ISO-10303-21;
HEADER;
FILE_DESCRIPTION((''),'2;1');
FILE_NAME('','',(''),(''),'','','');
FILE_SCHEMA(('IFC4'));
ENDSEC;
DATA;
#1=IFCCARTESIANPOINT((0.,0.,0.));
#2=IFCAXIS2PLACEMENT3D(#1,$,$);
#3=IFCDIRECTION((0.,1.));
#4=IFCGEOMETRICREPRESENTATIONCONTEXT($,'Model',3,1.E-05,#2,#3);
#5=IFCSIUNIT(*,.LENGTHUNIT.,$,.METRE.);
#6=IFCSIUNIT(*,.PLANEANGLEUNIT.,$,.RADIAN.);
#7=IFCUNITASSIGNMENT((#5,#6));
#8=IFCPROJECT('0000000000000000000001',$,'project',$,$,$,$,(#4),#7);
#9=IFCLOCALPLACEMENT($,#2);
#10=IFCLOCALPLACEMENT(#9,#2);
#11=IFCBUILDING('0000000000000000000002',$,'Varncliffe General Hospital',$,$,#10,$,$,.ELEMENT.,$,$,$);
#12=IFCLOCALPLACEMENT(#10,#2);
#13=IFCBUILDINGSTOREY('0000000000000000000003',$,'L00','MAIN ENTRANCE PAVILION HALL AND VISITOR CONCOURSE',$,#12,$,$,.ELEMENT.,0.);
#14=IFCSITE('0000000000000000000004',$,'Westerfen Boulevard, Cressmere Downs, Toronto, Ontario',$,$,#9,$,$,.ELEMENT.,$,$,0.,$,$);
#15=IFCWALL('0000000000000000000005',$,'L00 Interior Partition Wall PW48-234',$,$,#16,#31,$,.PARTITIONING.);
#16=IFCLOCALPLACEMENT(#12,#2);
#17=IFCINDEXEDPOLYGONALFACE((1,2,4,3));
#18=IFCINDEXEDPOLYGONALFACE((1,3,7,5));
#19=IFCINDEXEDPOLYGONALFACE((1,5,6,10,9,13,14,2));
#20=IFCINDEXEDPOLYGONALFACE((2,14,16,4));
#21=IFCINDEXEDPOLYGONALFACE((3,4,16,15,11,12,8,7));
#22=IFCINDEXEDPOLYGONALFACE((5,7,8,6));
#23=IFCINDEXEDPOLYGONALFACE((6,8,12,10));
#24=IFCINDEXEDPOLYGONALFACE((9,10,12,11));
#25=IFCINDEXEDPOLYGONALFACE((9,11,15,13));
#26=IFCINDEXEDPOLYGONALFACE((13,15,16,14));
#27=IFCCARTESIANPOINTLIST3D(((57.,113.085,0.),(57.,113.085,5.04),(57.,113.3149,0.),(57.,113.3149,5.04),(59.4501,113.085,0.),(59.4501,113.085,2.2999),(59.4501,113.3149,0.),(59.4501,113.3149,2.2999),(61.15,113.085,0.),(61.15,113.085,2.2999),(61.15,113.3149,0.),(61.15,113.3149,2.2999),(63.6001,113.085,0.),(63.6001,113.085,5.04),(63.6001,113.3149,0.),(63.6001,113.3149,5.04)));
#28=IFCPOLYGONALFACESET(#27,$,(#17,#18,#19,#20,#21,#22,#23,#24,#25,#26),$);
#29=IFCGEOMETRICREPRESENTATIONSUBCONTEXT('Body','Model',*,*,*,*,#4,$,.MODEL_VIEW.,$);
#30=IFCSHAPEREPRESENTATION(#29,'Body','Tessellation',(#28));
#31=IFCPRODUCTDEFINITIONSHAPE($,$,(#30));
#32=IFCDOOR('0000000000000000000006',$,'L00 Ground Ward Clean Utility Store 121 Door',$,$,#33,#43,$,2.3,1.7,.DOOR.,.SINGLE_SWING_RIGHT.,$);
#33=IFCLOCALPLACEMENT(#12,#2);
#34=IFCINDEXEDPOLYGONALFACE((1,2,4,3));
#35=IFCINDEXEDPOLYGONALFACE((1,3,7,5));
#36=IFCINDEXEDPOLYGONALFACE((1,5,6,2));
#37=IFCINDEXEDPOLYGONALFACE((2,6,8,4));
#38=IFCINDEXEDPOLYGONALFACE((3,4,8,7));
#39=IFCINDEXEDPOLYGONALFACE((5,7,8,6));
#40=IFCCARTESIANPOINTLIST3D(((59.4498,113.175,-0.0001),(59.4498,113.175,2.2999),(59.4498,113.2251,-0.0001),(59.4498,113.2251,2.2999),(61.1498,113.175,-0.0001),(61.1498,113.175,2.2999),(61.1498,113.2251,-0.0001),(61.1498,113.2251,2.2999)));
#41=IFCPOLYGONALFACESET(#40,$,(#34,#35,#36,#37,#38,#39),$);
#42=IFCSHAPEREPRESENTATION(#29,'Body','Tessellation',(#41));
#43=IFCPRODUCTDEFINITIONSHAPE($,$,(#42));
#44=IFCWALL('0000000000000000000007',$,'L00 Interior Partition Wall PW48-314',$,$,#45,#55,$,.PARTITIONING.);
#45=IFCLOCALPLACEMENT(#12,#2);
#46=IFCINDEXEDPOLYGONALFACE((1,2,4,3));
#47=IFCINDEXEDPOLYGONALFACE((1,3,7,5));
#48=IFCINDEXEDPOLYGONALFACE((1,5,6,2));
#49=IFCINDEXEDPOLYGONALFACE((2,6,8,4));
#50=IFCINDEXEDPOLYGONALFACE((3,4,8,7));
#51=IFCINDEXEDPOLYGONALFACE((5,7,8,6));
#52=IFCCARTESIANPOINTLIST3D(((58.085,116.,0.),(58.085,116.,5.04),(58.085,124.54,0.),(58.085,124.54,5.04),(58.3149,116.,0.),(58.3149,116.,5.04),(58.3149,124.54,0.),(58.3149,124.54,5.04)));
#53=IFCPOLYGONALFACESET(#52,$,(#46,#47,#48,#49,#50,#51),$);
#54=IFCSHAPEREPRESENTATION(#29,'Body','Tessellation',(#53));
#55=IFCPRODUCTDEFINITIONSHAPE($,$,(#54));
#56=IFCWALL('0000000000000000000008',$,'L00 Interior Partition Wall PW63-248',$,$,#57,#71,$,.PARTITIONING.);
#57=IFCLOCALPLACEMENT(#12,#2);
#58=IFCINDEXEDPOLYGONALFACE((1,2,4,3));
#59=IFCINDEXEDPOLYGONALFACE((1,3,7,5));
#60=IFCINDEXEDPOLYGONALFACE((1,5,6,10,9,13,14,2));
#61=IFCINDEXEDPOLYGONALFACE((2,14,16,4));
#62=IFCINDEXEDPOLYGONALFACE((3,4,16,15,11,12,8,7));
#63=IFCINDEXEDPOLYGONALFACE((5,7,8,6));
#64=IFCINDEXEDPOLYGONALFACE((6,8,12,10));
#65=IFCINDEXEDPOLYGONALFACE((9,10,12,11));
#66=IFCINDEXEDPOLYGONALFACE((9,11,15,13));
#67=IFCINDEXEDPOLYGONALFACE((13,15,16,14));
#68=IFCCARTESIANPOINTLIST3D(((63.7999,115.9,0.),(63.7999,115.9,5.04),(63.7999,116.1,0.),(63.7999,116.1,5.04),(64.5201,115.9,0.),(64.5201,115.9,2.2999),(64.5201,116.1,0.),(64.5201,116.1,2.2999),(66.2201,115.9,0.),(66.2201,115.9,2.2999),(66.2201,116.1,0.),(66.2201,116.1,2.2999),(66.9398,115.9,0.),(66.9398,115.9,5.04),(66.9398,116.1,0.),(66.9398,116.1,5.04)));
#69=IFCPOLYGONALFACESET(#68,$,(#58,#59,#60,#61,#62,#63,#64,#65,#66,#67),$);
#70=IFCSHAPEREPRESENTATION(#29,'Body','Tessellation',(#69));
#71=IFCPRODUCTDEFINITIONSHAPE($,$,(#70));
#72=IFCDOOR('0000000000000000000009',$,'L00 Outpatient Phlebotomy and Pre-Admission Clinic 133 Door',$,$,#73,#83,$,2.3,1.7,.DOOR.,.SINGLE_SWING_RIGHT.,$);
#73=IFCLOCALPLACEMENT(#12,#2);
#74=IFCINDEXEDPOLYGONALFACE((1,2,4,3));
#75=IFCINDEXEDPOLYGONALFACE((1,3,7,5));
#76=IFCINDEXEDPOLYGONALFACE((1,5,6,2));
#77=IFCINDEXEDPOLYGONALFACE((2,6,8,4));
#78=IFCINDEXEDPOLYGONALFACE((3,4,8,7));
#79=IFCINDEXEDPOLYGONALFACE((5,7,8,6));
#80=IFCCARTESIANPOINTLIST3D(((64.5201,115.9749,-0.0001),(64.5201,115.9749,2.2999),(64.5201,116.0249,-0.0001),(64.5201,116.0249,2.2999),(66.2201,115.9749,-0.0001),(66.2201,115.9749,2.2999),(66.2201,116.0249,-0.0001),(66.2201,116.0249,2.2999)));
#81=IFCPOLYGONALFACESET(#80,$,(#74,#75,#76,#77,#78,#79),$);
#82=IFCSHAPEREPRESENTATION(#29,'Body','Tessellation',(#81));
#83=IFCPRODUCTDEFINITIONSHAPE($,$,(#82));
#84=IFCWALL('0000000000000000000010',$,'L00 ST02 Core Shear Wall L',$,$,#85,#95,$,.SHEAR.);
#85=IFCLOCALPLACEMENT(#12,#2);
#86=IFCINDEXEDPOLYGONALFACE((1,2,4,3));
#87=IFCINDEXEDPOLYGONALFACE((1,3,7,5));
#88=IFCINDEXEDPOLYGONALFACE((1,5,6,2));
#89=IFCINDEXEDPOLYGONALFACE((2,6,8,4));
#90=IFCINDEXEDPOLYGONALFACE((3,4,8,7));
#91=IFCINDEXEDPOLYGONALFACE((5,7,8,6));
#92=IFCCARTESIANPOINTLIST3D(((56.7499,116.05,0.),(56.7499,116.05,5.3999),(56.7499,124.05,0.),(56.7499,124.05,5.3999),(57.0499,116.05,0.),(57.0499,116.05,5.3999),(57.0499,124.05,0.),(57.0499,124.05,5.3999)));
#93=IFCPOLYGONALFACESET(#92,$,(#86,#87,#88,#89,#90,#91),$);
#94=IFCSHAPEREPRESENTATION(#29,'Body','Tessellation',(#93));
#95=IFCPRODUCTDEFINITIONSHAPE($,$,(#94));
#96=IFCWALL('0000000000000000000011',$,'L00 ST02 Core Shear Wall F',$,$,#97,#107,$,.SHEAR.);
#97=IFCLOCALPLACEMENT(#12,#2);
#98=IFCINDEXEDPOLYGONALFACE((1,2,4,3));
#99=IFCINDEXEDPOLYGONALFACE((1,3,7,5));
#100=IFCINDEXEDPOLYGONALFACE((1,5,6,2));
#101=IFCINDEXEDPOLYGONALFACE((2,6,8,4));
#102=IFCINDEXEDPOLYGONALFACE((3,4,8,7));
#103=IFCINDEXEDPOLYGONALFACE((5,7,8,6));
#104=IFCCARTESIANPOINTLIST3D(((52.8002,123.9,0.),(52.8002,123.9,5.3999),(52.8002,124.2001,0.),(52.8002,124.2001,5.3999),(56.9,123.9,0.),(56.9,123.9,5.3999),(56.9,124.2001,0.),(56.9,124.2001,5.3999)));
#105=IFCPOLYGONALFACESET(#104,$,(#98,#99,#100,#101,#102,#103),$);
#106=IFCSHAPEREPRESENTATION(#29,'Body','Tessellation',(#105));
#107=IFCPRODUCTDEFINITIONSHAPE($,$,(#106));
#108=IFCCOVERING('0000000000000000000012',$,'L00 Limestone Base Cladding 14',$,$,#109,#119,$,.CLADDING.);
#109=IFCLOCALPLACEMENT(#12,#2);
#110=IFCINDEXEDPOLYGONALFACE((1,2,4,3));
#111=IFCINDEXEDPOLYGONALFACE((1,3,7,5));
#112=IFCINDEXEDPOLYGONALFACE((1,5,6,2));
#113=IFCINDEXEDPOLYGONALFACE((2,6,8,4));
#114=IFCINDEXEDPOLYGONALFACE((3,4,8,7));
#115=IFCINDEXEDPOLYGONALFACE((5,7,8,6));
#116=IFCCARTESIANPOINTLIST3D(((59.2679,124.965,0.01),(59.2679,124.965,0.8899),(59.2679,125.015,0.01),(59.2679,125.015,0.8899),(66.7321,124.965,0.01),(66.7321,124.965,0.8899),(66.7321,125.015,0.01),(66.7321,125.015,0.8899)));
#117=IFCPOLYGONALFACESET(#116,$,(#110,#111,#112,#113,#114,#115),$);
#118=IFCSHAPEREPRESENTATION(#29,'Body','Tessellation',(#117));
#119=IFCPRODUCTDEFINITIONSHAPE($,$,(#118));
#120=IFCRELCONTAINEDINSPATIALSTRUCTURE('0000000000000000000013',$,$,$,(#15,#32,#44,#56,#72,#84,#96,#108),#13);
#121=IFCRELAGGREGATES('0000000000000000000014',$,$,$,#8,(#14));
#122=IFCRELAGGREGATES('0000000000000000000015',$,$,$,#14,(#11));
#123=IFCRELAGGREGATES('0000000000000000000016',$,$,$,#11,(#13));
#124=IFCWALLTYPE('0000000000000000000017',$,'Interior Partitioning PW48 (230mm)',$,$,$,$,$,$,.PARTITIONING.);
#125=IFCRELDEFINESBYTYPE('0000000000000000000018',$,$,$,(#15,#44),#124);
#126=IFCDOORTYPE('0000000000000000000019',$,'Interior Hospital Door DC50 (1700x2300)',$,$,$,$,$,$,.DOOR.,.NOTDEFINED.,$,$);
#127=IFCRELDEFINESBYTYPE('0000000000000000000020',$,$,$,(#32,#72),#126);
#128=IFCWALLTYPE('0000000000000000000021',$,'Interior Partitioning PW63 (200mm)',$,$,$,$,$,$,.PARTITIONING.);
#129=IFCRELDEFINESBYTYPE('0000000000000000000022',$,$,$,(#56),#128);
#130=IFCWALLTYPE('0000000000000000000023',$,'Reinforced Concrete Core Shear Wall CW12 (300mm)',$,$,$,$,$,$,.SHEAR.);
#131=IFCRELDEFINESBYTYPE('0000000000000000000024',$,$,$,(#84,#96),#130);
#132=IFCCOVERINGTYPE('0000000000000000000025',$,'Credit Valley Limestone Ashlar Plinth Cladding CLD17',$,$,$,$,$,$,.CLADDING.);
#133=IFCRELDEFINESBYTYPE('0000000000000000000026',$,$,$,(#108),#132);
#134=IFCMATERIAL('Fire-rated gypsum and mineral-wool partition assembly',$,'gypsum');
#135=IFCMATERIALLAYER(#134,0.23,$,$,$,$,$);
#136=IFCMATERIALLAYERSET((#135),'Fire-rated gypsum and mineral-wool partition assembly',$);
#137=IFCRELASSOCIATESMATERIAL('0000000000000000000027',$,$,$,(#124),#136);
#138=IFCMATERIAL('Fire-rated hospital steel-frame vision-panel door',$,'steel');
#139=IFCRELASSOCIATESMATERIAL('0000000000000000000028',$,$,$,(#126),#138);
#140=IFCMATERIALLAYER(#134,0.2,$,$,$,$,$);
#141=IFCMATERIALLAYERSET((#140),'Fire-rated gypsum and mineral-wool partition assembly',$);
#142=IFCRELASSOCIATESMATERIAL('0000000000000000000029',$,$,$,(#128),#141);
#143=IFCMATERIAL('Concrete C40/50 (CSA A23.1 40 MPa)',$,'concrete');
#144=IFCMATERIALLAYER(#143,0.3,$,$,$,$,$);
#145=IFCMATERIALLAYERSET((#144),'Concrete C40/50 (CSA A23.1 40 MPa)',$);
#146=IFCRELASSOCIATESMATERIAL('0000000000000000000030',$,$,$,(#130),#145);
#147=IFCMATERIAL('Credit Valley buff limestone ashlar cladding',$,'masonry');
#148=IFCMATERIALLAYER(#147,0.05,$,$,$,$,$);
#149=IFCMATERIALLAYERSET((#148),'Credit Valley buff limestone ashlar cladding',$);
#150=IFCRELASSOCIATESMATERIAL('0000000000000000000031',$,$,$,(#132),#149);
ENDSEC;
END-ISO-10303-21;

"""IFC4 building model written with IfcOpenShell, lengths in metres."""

from ifc_helpers import new_model, si_unit, direction, frame, frame_2d, origin, origin_2d, place, context, subcontext, project, spatial, rectangle, extrude, material, layer, layer_set, type_object, element, fill, save


model = new_model("IFC4")

# Units and contexts
model_context = context("Model", 3, precision=1e-05, world=origin(), true_north=direction((0.0, 1.0)))
body_context = subcontext(model_context, "Body", "Model", "MODEL_VIEW")
ifc_project = project(units=[si_unit("LENGTHUNIT", "METRE"), si_unit("PLANEANGLEUNIT", "RADIAN")], contexts=[model_context])

# Site, building, storey
site_placement = place(None, origin())
site = spatial("IfcSite", under=ifc_project, at=site_placement, Name="Westerfen Boulevard, Cressmere Downs, Toronto, Ontario", CompositionType="ELEMENT", RefElevation=0.0)
building_placement = place(site_placement, origin())
building = spatial("IfcBuilding", under=site, at=building_placement, Name="Varncliffe General Hospital", CompositionType="ELEMENT")
storey_placement = place(building_placement, origin())
storey = spatial("IfcBuildingStorey", under=building, at=storey_placement, Name="L00", Description="MAIN ENTRANCE PAVILION HALL AND VISITOR CONCOURSE", CompositionType="ELEMENT", Elevation=0.0)

# Shared definitions
ifc_material_1 = material(Name="Concrete C40/50 (CSA A23.1 40 MPa)", Category="concrete")

# Shared definitions
ifc_material_2 = material(Name="Fire-rated gypsum and mineral-wool partition assembly", Category="gypsum")
ifc_material_3 = material(Name="Fire-rated hospital steel-frame vision-panel door", Category="steel")

# Wall, opening, door
ifc_layer_1 = layer(ifc_material_2, 0.23)
ifc_layer_set_1 = layer_set([ifc_layer_1], Name="Fire-rated gypsum and mineral-wool partition assembly")
wall_type_1 = type_object("IfcWallType", Name="Interior Partitioning PW48 (230mm)", PredefinedType="PARTITIONING", material=ifc_layer_set_1)
wall_1_placement = place(storey_placement, frame((57.0, 113.2, 0.0), z_axis=(0.0, 0.0, 1.0), x_axis=(1.0, 0.0, 0.0)))
wall_1 = element("IfcWall", 1, at=wall_1_placement, inside=storey, type_object=wall_type_1, Name="L00 Interior Partition Wall PW48-234", PredefinedType="PARTITIONING", context=body_context, shape_type="SweptSolid", body=[
    extrude(rectangle(XDim=6.6001, YDim=0.23, at=frame_2d((3.3, 0.0))), origin(), (0.0, 0.0, 1.0), 5.04),
])
opening_1_placement = place(wall_1_placement, frame((2.45, 0.0, 0.0)))
opening_1 = element("IfcOpeningElement", 2, at=opening_1_placement, cuts=wall_1, PredefinedType="OPENING", context=body_context, shape_type="SweptSolid", body=[
    extrude(rectangle(XDim=1.7, YDim=2.3, at=frame_2d((0.8501, 1.1499))), frame((0.0, 0.125, 0.0), z_axis=(0.0, -1.0, 0.0), x_axis=(1.0, 0.0, 0.0)), (0.0, 0.0, 1.0), 0.25),
])
door_type_1 = type_object("IfcDoorType", Name="Interior Hospital Door DC50 (1700x2300)", OperationType="NOTDEFINED", PredefinedType="DOOR", material=ifc_material_3)
door_1_placement = place(opening_1_placement, frame((1.7, 0.0, 0.0), z_axis=(0.0, 0.0, 1.0), x_axis=(-1.0, 0.0, 0.0)))
door_1 = element("IfcDoor", 3, at=door_1_placement, inside=storey, type_object=door_type_1, Name="L00 Ground Ward Clean Utility Store 121 Door", OperationType="SINGLE_SWING_RIGHT", OverallHeight=2.3, OverallWidth=1.7, PredefinedType="DOOR", context=body_context, shape_type="SweptSolid", body=[
    extrude(rectangle(XDim=1.7, YDim=2.3, at=frame_2d((0.8501, 1.1499))), frame((0.0, 0.0249, 0.0), z_axis=(0.0, -1.0, 0.0), x_axis=(1.0, 0.0, 0.0)), (0.0, 0.0, 1.0), 0.05),
])
fill(opening_1, door_1)

# Wall
wall_2_placement = place(storey_placement, frame((58.2, 116.0, 0.0), z_axis=(0.0, 0.0, 1.0), x_axis=(0.0, 1.0, 0.0)))
element("IfcWall", 4, at=wall_2_placement, inside=storey, type_object=wall_type_1, Name="L00 Interior Partition Wall PW48-314", PredefinedType="PARTITIONING", context=body_context, shape_type="SweptSolid", body=[
    extrude(rectangle(XDim=8.54, YDim=0.23, at=frame_2d((4.27, 0.0))), origin(), (0.0, 0.0, 1.0), 5.04),
])

# Wall, opening, door
ifc_layer_2 = layer(ifc_material_2, 0.2)
ifc_layer_set_2 = layer_set([ifc_layer_2], Name="Fire-rated gypsum and mineral-wool partition assembly")
wall_type_2 = type_object("IfcWallType", Name="Interior Partitioning PW63 (200mm)", PredefinedType="PARTITIONING", material=ifc_layer_set_2)
wall_3_placement = place(storey_placement, frame((63.8, 116.0, 0.0), z_axis=(0.0, 0.0, 1.0), x_axis=(1.0, 0.0, 0.0)))
wall_3 = element("IfcWall", 5, at=wall_3_placement, inside=storey, type_object=wall_type_2, Name="L00 Interior Partition Wall PW63-248", PredefinedType="PARTITIONING", context=body_context, shape_type="SweptSolid", body=[
    extrude(rectangle(XDim=3.1399, YDim=0.2, at=frame_2d((1.5698, 0.0))), origin(), (0.0, 0.0, 1.0), 5.04),
])
opening_2_placement = place(wall_3_placement, frame((0.72, 0.0, 0.0)))
opening_2 = element("IfcOpeningElement", 6, at=opening_2_placement, cuts=wall_3, PredefinedType="OPENING", context=body_context, shape_type="SweptSolid", body=[
    extrude(rectangle(XDim=1.7, YDim=2.3, at=frame_2d((0.8501, 1.1499))), frame((0.0, 0.1099, 0.0), z_axis=(0.0, -1.0, 0.0), x_axis=(1.0, 0.0, 0.0)), (0.0, 0.0, 1.0), 0.22),
])
door_2_placement = place(opening_2_placement, origin())
door_2 = element("IfcDoor", 7, at=door_2_placement, inside=storey, type_object=door_type_1, Name="L00 Outpatient Phlebotomy and Pre-Admission Clinic 133 Door", OperationType="SINGLE_SWING_RIGHT", OverallHeight=2.3, OverallWidth=1.7, PredefinedType="DOOR", context=body_context, shape_type="SweptSolid", body=[
    extrude(rectangle(XDim=1.7, YDim=2.3, at=frame_2d((0.8501, 1.1499))), frame((0.0, 0.0249, 0.0), z_axis=(0.0, -1.0, 0.0), x_axis=(1.0, 0.0, 0.0)), (0.0, 0.0, 1.0), 0.05),
])
fill(opening_2, door_2)

# Walls
ifc_layer_3 = layer(ifc_material_1, 0.3)
ifc_layer_set_3 = layer_set([ifc_layer_3], Name="Concrete C40/50 (CSA A23.1 40 MPa)")
wall_type_3 = type_object("IfcWallType", Name="Reinforced Concrete Core Shear Wall CW12 (300mm)", PredefinedType="SHEAR", material=ifc_layer_set_3)
wall_4_placement = place(storey_placement, frame((56.8999, 116.05, 0.0), z_axis=(0.0, 0.0, 1.0), x_axis=(0.0, 1.0, 0.0)))
element("IfcWall", 8, at=wall_4_placement, inside=storey, type_object=wall_type_3, Name="L00 ST02 Core Shear Wall L", PredefinedType="SHEAR", context=body_context, shape_type="SweptSolid", body=[
    extrude(rectangle(XDim=8.0, YDim=0.3, at=frame_2d((4.0, 0.0))), origin(), (0.0, 0.0, 1.0), 5.3999),
])
wall_5_placement = place(storey_placement, frame((56.8999, 124.05, 0.0), z_axis=(0.0, 0.0, 1.0), x_axis=(-1.0, 0.0, 0.0)))
element("IfcWall", 9, at=wall_5_placement, inside=storey, type_object=wall_type_3, Name="L00 ST02 Core Shear Wall F", PredefinedType="SHEAR", context=body_context, shape_type="SweptSolid", body=[
    extrude(rectangle(XDim=4.0999, YDim=0.3, at=frame_2d((2.0498, 0.0))), origin(), (0.0, 0.0, 1.0), 5.3999),
])

# Covering
ifc_material_4 = material(Name="Credit Valley buff limestone ashlar cladding", Category="masonry")
ifc_layer_4 = layer(ifc_material_4, 0.05)
ifc_layer_set_4 = layer_set([ifc_layer_4], Name="Credit Valley buff limestone ashlar cladding")
covering_type = type_object("IfcCoveringType", Name="Credit Valley Limestone Ashlar Plinth Cladding CLD17", PredefinedType="CLADDING", material=ifc_layer_set_4)
covering_placement = place(storey_placement, frame((63.0, 124.99, 0.01), z_axis=(0.0, 0.0, 1.0), x_axis=(1.0, 0.0, 0.0)))
element("IfcCovering", 10, at=covering_placement, inside=storey, type_object=covering_type, Name="L00 Limestone Base Cladding 14", PredefinedType="CLADDING", context=body_context, shape_type="SweptSolid", body=[
    extrude(rectangle(XDim=7.4641, YDim=0.05, at=origin_2d()), origin(), (0.0, 0.0, 1.0), 0.8799),
])

save(model, "model.ifc")
